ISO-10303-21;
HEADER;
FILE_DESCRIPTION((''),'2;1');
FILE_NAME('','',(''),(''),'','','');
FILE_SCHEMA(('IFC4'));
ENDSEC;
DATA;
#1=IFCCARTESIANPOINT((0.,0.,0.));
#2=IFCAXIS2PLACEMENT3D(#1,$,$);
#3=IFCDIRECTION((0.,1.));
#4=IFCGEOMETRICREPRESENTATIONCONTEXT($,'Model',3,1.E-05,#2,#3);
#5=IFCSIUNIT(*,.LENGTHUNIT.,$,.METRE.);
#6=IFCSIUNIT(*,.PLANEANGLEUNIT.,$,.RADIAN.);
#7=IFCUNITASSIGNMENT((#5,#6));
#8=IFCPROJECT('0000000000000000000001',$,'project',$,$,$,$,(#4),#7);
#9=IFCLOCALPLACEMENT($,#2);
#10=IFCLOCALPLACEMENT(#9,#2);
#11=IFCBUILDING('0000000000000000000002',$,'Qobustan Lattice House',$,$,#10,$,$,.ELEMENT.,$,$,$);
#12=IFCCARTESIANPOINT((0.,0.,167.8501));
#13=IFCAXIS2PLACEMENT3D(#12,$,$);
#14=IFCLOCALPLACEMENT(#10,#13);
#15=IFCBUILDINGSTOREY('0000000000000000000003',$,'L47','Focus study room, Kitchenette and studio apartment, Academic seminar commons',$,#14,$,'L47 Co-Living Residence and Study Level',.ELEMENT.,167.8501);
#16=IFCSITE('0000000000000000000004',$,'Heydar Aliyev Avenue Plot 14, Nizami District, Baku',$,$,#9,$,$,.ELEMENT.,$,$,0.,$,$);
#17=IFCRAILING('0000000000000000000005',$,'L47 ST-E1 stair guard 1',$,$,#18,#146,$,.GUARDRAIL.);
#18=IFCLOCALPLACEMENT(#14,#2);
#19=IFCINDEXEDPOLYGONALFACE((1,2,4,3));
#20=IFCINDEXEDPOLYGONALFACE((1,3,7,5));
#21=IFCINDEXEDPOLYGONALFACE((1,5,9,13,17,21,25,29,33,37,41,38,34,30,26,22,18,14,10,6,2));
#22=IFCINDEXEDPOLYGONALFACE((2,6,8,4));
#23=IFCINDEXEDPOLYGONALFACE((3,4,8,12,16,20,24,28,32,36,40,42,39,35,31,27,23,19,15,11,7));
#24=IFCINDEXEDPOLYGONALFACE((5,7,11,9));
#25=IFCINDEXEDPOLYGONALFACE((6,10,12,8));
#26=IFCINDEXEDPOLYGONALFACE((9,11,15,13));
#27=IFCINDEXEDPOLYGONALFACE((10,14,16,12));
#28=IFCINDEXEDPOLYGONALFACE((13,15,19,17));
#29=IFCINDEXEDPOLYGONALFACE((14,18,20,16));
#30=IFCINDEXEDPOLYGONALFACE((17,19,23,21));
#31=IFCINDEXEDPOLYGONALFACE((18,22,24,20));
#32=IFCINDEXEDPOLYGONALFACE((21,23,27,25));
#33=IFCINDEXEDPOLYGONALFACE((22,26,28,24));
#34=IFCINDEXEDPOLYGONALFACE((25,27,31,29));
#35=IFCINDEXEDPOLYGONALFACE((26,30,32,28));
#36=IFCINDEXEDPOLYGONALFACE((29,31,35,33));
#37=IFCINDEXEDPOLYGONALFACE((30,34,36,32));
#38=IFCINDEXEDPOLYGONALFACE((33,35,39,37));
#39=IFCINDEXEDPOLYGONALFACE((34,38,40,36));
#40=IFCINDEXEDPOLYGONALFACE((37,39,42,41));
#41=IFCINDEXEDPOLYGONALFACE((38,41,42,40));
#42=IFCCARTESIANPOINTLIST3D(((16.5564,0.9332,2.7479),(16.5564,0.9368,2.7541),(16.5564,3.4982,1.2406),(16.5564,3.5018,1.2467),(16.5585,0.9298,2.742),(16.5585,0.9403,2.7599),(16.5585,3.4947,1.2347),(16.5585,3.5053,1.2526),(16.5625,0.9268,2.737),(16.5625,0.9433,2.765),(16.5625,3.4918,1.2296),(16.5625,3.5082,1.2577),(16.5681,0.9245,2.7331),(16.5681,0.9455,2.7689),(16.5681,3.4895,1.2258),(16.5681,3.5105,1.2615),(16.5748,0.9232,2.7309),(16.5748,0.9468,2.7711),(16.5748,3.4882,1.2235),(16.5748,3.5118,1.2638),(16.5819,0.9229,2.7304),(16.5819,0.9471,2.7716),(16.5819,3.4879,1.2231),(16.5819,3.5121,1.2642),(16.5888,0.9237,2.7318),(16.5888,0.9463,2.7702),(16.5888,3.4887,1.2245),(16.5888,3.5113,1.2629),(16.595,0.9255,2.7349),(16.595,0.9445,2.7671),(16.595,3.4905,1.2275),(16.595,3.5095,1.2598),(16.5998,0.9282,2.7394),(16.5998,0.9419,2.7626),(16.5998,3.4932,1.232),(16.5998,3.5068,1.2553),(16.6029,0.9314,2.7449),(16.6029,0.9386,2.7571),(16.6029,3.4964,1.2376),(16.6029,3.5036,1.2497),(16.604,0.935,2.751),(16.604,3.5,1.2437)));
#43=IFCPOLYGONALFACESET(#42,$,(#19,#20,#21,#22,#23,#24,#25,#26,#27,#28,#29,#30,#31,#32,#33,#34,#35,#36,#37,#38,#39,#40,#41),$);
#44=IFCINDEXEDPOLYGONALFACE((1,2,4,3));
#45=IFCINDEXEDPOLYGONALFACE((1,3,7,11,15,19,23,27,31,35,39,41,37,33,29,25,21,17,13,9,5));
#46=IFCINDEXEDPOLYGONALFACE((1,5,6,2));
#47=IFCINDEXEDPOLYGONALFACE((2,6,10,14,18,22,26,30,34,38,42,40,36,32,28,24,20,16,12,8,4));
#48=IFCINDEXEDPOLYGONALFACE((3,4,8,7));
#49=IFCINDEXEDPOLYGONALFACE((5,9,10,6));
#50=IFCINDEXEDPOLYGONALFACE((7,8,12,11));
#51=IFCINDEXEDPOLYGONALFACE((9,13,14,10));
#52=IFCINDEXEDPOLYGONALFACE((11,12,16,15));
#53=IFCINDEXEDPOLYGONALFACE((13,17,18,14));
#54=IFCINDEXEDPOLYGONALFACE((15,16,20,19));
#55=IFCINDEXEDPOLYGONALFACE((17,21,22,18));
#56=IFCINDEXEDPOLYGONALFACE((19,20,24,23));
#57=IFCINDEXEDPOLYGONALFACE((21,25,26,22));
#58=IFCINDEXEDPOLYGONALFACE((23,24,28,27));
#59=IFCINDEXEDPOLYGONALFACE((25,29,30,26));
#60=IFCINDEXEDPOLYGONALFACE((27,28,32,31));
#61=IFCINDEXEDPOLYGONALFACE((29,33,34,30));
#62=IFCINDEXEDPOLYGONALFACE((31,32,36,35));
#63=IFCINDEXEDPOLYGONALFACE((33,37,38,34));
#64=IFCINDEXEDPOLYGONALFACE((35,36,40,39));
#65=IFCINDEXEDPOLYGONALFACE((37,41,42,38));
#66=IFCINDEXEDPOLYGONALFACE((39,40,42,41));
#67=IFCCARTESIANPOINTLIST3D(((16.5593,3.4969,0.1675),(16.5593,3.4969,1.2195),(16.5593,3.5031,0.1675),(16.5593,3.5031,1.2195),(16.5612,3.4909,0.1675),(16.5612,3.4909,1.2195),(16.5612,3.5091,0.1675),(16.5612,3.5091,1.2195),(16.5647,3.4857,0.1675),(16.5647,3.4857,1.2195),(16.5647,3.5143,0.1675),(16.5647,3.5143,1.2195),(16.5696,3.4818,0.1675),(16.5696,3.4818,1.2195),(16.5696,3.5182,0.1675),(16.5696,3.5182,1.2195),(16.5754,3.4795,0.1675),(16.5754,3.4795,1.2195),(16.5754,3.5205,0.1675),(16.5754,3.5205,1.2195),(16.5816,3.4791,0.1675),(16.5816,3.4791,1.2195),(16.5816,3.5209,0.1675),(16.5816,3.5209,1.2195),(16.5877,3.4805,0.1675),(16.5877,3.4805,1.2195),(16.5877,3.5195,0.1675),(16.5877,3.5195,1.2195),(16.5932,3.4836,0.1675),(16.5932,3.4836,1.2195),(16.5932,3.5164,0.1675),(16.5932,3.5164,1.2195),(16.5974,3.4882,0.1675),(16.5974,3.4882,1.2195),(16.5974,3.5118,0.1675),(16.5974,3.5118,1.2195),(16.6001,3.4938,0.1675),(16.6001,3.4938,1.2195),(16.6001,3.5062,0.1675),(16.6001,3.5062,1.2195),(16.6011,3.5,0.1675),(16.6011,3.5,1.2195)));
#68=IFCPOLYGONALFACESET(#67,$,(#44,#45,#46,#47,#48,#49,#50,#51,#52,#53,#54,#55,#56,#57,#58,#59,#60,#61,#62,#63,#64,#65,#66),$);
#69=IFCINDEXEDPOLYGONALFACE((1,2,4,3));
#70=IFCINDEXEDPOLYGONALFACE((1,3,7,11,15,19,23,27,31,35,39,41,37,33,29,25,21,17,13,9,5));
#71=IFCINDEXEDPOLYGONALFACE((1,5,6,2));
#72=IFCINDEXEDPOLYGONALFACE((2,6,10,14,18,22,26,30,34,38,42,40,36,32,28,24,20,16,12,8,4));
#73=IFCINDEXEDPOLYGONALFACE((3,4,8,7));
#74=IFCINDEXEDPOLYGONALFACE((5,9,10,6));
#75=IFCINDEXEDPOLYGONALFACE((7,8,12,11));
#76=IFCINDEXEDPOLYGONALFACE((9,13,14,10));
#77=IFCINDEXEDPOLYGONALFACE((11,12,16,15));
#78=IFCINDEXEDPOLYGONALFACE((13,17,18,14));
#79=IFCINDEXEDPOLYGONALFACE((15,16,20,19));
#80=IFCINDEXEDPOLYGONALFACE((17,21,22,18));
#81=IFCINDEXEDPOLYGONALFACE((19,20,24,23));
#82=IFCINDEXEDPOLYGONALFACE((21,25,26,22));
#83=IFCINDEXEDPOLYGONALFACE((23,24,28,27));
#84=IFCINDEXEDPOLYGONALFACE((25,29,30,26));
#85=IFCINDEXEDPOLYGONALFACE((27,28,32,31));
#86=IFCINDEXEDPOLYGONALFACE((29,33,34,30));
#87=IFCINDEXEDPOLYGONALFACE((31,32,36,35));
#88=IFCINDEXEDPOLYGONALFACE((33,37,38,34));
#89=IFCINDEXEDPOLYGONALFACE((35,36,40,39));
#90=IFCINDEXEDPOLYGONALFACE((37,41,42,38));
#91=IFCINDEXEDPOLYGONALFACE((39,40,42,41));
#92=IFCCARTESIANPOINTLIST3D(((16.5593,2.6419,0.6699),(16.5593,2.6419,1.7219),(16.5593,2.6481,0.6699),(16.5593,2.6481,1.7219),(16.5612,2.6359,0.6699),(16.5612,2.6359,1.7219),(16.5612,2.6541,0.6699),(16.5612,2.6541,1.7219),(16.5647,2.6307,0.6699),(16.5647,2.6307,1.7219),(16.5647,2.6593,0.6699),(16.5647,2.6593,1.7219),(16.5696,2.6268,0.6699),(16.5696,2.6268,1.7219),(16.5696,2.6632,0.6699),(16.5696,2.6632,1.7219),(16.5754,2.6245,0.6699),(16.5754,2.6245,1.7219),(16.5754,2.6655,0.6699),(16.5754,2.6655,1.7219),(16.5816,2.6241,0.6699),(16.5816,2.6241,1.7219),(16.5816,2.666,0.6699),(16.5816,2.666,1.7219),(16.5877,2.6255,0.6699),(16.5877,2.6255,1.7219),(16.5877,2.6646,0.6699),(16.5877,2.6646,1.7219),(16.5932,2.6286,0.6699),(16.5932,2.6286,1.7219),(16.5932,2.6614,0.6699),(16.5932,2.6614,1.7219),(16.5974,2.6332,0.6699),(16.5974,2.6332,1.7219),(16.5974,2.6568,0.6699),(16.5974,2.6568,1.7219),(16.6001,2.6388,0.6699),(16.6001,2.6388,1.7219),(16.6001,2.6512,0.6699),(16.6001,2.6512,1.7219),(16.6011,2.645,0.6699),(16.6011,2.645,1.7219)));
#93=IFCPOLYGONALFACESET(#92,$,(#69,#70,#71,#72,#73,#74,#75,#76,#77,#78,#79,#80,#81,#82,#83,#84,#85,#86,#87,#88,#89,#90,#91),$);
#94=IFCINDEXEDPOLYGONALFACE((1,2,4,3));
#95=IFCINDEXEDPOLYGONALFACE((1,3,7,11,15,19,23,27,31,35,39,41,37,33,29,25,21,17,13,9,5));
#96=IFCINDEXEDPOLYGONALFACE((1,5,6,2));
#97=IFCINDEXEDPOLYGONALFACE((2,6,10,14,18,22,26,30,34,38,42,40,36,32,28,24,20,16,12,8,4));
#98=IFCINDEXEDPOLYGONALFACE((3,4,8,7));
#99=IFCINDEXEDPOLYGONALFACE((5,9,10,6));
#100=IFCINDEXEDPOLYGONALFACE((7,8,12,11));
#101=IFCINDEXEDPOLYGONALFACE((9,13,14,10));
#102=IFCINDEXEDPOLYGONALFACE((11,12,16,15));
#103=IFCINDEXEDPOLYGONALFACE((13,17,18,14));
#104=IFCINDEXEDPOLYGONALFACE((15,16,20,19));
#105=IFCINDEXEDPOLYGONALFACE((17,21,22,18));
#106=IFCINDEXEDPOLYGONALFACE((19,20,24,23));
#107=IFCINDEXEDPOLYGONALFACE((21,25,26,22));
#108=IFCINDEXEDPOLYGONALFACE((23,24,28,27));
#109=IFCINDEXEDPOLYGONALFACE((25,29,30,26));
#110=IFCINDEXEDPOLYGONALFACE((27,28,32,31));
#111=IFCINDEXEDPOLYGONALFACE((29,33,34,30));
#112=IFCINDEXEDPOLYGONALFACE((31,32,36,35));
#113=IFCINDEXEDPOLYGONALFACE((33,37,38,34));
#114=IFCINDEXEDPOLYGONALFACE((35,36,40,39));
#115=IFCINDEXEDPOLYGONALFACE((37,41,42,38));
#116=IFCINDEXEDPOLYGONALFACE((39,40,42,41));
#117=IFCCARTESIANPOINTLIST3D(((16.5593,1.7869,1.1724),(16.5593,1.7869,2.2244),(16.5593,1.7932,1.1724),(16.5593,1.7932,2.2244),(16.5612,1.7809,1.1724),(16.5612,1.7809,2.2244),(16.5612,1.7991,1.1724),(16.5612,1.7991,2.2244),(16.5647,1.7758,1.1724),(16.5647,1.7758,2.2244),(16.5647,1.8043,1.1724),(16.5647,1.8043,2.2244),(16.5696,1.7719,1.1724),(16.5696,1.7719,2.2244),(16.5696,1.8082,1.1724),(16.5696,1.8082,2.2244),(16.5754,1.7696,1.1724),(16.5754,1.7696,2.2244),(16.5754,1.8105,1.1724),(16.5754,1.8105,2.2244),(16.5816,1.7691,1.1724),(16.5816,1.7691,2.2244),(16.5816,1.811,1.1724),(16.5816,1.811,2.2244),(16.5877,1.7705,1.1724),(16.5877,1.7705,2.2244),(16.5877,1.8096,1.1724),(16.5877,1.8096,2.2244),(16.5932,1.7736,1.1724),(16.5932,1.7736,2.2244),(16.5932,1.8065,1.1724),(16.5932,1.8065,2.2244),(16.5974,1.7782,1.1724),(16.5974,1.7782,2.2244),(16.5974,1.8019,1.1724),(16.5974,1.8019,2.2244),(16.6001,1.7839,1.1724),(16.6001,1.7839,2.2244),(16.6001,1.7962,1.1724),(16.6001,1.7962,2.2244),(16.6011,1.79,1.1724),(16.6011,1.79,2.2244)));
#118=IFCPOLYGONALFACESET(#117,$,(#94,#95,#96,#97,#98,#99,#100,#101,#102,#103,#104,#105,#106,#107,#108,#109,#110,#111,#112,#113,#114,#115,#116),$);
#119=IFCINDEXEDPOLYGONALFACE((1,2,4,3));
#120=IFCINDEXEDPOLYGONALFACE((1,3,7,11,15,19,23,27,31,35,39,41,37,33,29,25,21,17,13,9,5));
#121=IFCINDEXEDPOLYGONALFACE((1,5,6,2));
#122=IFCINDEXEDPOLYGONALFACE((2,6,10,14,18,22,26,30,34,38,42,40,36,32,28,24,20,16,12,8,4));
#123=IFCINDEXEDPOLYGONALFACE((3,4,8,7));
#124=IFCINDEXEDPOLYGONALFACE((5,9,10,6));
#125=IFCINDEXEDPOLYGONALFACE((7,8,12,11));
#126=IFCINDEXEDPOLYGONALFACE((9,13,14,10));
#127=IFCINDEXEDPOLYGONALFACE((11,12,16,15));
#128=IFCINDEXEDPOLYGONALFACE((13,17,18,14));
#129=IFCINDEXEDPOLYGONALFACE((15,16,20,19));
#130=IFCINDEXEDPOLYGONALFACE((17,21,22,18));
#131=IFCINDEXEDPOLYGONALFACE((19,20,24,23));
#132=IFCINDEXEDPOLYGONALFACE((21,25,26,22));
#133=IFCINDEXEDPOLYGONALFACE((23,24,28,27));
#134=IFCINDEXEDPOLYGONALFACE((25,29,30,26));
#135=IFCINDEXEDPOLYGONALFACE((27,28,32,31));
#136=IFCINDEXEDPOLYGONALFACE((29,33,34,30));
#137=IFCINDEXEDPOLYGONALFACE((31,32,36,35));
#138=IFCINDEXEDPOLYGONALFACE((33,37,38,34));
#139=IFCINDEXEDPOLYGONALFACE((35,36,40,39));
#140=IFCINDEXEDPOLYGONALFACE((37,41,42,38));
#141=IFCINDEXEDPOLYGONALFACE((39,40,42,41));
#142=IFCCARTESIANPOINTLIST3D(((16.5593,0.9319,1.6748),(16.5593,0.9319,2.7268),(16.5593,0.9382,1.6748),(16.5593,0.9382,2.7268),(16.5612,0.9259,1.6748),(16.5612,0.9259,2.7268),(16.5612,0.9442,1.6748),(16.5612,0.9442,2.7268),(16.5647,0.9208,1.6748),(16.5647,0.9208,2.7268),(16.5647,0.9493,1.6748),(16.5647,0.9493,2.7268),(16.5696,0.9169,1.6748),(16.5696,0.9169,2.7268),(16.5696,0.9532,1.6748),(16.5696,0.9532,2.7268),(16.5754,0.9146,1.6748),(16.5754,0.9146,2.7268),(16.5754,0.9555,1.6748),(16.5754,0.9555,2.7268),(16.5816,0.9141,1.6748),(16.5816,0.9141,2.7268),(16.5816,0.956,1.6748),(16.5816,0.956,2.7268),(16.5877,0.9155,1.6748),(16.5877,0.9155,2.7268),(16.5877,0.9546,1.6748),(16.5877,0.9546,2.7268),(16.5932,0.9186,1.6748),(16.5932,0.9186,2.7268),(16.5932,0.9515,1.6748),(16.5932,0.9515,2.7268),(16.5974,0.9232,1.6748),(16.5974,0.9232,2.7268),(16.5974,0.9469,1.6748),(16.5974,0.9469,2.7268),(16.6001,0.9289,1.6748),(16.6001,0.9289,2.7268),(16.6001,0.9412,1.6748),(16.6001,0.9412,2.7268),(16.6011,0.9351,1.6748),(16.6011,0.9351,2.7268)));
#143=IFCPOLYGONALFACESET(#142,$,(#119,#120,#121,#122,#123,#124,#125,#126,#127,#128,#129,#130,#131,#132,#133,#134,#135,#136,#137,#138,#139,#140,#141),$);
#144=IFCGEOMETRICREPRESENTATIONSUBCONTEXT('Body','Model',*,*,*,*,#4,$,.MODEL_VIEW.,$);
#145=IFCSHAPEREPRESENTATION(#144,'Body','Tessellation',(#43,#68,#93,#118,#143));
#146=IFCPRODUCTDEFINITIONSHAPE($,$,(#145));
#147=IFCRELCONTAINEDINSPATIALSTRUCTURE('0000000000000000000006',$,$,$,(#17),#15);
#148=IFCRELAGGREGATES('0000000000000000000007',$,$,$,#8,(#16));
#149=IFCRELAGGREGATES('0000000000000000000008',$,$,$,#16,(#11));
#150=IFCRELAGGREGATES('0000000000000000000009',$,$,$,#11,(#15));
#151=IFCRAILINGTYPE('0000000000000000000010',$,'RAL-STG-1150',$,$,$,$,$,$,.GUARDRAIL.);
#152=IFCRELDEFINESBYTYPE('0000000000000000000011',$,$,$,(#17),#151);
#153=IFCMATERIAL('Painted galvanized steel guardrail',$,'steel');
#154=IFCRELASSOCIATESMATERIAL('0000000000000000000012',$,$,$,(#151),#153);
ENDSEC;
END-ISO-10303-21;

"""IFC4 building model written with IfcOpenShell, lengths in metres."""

from ifc_helpers import new_model, si_unit, direction, frame, origin, origin_2d, place, context, subcontext, project, spatial, circle, extrude, material, type_object, element, save


model = new_model("IFC4")

# Units and contexts
model_context = context("Model", 3, precision=1e-05, world=origin(), true_north=direction((0.0, 1.0)))
body_context = subcontext(model_context, "Body", "Model", "MODEL_VIEW")
ifc_project = project(units=[si_unit("LENGTHUNIT", "METRE"), si_unit("PLANEANGLEUNIT", "RADIAN")], contexts=[model_context])

# Site, building, storey
site_placement = place(None, origin())
site = spatial("IfcSite", under=ifc_project, at=site_placement, Name="Heydar Aliyev Avenue Plot 14, Nizami District, Baku", CompositionType="ELEMENT", RefElevation=0.0)
building_placement = place(site_placement, origin())
building = spatial("IfcBuilding", under=site, at=building_placement, Name="Qobustan Lattice House", CompositionType="ELEMENT")
storey_placement = place(building_placement, frame((0.0, 0.0, 167.8501)))
storey = spatial("IfcBuildingStorey", under=building, at=storey_placement, Name="L47", Description="Focus study room, Kitchenette and studio apartment, Academic seminar commons", LongName="L47 Co-Living Residence and Study Level", CompositionType="ELEMENT", Elevation=167.8501)

# Railing
ifc_material_1 = material(Name="Painted galvanized steel guardrail", Category="steel")
railing_type_1 = type_object("IfcRailingType", Name="RAL-STG-1150", PredefinedType="GUARDRAIL", material=ifc_material_1)
railing_1_placement = place(storey_placement, frame((16.5801, 3.5, 0.1675)))
element("IfcRailing", 1, at=railing_1_placement, inside=storey, type_object=railing_type_1, Name="L47 ST-E1 stair guard 1", PredefinedType="GUARDRAIL", context=body_context, shape_type="SweptSolid", body=[
    extrude(circle(Radius=0.0239, at=origin_2d()), frame((0.0, 0.0, 1.0762), z_axis=(0.0, -0.862149, 0.506654), x_axis=(1.0, 0.0, 0.0)), (0.0, 0.0, 1.0), 2.9751),
    extrude(circle(Radius=0.021, at=origin_2d()), origin(), (0.0, 0.0, 1.0), 1.052),
    extrude(circle(Radius=0.021, at=origin_2d()), frame((0.0, -0.855, 0.5024)), (0.0, 0.0, 1.0), 1.052),
    extrude(circle(Radius=0.021, at=origin_2d()), frame((0.0, -1.71, 1.0049)), (0.0, 0.0, 1.0), 1.052),
    extrude(circle(Radius=0.021, at=origin_2d()), frame((0.0, -2.5649, 1.5073)), (0.0, 0.0, 1.0), 1.052),
])

save(model, "model.ifc")
